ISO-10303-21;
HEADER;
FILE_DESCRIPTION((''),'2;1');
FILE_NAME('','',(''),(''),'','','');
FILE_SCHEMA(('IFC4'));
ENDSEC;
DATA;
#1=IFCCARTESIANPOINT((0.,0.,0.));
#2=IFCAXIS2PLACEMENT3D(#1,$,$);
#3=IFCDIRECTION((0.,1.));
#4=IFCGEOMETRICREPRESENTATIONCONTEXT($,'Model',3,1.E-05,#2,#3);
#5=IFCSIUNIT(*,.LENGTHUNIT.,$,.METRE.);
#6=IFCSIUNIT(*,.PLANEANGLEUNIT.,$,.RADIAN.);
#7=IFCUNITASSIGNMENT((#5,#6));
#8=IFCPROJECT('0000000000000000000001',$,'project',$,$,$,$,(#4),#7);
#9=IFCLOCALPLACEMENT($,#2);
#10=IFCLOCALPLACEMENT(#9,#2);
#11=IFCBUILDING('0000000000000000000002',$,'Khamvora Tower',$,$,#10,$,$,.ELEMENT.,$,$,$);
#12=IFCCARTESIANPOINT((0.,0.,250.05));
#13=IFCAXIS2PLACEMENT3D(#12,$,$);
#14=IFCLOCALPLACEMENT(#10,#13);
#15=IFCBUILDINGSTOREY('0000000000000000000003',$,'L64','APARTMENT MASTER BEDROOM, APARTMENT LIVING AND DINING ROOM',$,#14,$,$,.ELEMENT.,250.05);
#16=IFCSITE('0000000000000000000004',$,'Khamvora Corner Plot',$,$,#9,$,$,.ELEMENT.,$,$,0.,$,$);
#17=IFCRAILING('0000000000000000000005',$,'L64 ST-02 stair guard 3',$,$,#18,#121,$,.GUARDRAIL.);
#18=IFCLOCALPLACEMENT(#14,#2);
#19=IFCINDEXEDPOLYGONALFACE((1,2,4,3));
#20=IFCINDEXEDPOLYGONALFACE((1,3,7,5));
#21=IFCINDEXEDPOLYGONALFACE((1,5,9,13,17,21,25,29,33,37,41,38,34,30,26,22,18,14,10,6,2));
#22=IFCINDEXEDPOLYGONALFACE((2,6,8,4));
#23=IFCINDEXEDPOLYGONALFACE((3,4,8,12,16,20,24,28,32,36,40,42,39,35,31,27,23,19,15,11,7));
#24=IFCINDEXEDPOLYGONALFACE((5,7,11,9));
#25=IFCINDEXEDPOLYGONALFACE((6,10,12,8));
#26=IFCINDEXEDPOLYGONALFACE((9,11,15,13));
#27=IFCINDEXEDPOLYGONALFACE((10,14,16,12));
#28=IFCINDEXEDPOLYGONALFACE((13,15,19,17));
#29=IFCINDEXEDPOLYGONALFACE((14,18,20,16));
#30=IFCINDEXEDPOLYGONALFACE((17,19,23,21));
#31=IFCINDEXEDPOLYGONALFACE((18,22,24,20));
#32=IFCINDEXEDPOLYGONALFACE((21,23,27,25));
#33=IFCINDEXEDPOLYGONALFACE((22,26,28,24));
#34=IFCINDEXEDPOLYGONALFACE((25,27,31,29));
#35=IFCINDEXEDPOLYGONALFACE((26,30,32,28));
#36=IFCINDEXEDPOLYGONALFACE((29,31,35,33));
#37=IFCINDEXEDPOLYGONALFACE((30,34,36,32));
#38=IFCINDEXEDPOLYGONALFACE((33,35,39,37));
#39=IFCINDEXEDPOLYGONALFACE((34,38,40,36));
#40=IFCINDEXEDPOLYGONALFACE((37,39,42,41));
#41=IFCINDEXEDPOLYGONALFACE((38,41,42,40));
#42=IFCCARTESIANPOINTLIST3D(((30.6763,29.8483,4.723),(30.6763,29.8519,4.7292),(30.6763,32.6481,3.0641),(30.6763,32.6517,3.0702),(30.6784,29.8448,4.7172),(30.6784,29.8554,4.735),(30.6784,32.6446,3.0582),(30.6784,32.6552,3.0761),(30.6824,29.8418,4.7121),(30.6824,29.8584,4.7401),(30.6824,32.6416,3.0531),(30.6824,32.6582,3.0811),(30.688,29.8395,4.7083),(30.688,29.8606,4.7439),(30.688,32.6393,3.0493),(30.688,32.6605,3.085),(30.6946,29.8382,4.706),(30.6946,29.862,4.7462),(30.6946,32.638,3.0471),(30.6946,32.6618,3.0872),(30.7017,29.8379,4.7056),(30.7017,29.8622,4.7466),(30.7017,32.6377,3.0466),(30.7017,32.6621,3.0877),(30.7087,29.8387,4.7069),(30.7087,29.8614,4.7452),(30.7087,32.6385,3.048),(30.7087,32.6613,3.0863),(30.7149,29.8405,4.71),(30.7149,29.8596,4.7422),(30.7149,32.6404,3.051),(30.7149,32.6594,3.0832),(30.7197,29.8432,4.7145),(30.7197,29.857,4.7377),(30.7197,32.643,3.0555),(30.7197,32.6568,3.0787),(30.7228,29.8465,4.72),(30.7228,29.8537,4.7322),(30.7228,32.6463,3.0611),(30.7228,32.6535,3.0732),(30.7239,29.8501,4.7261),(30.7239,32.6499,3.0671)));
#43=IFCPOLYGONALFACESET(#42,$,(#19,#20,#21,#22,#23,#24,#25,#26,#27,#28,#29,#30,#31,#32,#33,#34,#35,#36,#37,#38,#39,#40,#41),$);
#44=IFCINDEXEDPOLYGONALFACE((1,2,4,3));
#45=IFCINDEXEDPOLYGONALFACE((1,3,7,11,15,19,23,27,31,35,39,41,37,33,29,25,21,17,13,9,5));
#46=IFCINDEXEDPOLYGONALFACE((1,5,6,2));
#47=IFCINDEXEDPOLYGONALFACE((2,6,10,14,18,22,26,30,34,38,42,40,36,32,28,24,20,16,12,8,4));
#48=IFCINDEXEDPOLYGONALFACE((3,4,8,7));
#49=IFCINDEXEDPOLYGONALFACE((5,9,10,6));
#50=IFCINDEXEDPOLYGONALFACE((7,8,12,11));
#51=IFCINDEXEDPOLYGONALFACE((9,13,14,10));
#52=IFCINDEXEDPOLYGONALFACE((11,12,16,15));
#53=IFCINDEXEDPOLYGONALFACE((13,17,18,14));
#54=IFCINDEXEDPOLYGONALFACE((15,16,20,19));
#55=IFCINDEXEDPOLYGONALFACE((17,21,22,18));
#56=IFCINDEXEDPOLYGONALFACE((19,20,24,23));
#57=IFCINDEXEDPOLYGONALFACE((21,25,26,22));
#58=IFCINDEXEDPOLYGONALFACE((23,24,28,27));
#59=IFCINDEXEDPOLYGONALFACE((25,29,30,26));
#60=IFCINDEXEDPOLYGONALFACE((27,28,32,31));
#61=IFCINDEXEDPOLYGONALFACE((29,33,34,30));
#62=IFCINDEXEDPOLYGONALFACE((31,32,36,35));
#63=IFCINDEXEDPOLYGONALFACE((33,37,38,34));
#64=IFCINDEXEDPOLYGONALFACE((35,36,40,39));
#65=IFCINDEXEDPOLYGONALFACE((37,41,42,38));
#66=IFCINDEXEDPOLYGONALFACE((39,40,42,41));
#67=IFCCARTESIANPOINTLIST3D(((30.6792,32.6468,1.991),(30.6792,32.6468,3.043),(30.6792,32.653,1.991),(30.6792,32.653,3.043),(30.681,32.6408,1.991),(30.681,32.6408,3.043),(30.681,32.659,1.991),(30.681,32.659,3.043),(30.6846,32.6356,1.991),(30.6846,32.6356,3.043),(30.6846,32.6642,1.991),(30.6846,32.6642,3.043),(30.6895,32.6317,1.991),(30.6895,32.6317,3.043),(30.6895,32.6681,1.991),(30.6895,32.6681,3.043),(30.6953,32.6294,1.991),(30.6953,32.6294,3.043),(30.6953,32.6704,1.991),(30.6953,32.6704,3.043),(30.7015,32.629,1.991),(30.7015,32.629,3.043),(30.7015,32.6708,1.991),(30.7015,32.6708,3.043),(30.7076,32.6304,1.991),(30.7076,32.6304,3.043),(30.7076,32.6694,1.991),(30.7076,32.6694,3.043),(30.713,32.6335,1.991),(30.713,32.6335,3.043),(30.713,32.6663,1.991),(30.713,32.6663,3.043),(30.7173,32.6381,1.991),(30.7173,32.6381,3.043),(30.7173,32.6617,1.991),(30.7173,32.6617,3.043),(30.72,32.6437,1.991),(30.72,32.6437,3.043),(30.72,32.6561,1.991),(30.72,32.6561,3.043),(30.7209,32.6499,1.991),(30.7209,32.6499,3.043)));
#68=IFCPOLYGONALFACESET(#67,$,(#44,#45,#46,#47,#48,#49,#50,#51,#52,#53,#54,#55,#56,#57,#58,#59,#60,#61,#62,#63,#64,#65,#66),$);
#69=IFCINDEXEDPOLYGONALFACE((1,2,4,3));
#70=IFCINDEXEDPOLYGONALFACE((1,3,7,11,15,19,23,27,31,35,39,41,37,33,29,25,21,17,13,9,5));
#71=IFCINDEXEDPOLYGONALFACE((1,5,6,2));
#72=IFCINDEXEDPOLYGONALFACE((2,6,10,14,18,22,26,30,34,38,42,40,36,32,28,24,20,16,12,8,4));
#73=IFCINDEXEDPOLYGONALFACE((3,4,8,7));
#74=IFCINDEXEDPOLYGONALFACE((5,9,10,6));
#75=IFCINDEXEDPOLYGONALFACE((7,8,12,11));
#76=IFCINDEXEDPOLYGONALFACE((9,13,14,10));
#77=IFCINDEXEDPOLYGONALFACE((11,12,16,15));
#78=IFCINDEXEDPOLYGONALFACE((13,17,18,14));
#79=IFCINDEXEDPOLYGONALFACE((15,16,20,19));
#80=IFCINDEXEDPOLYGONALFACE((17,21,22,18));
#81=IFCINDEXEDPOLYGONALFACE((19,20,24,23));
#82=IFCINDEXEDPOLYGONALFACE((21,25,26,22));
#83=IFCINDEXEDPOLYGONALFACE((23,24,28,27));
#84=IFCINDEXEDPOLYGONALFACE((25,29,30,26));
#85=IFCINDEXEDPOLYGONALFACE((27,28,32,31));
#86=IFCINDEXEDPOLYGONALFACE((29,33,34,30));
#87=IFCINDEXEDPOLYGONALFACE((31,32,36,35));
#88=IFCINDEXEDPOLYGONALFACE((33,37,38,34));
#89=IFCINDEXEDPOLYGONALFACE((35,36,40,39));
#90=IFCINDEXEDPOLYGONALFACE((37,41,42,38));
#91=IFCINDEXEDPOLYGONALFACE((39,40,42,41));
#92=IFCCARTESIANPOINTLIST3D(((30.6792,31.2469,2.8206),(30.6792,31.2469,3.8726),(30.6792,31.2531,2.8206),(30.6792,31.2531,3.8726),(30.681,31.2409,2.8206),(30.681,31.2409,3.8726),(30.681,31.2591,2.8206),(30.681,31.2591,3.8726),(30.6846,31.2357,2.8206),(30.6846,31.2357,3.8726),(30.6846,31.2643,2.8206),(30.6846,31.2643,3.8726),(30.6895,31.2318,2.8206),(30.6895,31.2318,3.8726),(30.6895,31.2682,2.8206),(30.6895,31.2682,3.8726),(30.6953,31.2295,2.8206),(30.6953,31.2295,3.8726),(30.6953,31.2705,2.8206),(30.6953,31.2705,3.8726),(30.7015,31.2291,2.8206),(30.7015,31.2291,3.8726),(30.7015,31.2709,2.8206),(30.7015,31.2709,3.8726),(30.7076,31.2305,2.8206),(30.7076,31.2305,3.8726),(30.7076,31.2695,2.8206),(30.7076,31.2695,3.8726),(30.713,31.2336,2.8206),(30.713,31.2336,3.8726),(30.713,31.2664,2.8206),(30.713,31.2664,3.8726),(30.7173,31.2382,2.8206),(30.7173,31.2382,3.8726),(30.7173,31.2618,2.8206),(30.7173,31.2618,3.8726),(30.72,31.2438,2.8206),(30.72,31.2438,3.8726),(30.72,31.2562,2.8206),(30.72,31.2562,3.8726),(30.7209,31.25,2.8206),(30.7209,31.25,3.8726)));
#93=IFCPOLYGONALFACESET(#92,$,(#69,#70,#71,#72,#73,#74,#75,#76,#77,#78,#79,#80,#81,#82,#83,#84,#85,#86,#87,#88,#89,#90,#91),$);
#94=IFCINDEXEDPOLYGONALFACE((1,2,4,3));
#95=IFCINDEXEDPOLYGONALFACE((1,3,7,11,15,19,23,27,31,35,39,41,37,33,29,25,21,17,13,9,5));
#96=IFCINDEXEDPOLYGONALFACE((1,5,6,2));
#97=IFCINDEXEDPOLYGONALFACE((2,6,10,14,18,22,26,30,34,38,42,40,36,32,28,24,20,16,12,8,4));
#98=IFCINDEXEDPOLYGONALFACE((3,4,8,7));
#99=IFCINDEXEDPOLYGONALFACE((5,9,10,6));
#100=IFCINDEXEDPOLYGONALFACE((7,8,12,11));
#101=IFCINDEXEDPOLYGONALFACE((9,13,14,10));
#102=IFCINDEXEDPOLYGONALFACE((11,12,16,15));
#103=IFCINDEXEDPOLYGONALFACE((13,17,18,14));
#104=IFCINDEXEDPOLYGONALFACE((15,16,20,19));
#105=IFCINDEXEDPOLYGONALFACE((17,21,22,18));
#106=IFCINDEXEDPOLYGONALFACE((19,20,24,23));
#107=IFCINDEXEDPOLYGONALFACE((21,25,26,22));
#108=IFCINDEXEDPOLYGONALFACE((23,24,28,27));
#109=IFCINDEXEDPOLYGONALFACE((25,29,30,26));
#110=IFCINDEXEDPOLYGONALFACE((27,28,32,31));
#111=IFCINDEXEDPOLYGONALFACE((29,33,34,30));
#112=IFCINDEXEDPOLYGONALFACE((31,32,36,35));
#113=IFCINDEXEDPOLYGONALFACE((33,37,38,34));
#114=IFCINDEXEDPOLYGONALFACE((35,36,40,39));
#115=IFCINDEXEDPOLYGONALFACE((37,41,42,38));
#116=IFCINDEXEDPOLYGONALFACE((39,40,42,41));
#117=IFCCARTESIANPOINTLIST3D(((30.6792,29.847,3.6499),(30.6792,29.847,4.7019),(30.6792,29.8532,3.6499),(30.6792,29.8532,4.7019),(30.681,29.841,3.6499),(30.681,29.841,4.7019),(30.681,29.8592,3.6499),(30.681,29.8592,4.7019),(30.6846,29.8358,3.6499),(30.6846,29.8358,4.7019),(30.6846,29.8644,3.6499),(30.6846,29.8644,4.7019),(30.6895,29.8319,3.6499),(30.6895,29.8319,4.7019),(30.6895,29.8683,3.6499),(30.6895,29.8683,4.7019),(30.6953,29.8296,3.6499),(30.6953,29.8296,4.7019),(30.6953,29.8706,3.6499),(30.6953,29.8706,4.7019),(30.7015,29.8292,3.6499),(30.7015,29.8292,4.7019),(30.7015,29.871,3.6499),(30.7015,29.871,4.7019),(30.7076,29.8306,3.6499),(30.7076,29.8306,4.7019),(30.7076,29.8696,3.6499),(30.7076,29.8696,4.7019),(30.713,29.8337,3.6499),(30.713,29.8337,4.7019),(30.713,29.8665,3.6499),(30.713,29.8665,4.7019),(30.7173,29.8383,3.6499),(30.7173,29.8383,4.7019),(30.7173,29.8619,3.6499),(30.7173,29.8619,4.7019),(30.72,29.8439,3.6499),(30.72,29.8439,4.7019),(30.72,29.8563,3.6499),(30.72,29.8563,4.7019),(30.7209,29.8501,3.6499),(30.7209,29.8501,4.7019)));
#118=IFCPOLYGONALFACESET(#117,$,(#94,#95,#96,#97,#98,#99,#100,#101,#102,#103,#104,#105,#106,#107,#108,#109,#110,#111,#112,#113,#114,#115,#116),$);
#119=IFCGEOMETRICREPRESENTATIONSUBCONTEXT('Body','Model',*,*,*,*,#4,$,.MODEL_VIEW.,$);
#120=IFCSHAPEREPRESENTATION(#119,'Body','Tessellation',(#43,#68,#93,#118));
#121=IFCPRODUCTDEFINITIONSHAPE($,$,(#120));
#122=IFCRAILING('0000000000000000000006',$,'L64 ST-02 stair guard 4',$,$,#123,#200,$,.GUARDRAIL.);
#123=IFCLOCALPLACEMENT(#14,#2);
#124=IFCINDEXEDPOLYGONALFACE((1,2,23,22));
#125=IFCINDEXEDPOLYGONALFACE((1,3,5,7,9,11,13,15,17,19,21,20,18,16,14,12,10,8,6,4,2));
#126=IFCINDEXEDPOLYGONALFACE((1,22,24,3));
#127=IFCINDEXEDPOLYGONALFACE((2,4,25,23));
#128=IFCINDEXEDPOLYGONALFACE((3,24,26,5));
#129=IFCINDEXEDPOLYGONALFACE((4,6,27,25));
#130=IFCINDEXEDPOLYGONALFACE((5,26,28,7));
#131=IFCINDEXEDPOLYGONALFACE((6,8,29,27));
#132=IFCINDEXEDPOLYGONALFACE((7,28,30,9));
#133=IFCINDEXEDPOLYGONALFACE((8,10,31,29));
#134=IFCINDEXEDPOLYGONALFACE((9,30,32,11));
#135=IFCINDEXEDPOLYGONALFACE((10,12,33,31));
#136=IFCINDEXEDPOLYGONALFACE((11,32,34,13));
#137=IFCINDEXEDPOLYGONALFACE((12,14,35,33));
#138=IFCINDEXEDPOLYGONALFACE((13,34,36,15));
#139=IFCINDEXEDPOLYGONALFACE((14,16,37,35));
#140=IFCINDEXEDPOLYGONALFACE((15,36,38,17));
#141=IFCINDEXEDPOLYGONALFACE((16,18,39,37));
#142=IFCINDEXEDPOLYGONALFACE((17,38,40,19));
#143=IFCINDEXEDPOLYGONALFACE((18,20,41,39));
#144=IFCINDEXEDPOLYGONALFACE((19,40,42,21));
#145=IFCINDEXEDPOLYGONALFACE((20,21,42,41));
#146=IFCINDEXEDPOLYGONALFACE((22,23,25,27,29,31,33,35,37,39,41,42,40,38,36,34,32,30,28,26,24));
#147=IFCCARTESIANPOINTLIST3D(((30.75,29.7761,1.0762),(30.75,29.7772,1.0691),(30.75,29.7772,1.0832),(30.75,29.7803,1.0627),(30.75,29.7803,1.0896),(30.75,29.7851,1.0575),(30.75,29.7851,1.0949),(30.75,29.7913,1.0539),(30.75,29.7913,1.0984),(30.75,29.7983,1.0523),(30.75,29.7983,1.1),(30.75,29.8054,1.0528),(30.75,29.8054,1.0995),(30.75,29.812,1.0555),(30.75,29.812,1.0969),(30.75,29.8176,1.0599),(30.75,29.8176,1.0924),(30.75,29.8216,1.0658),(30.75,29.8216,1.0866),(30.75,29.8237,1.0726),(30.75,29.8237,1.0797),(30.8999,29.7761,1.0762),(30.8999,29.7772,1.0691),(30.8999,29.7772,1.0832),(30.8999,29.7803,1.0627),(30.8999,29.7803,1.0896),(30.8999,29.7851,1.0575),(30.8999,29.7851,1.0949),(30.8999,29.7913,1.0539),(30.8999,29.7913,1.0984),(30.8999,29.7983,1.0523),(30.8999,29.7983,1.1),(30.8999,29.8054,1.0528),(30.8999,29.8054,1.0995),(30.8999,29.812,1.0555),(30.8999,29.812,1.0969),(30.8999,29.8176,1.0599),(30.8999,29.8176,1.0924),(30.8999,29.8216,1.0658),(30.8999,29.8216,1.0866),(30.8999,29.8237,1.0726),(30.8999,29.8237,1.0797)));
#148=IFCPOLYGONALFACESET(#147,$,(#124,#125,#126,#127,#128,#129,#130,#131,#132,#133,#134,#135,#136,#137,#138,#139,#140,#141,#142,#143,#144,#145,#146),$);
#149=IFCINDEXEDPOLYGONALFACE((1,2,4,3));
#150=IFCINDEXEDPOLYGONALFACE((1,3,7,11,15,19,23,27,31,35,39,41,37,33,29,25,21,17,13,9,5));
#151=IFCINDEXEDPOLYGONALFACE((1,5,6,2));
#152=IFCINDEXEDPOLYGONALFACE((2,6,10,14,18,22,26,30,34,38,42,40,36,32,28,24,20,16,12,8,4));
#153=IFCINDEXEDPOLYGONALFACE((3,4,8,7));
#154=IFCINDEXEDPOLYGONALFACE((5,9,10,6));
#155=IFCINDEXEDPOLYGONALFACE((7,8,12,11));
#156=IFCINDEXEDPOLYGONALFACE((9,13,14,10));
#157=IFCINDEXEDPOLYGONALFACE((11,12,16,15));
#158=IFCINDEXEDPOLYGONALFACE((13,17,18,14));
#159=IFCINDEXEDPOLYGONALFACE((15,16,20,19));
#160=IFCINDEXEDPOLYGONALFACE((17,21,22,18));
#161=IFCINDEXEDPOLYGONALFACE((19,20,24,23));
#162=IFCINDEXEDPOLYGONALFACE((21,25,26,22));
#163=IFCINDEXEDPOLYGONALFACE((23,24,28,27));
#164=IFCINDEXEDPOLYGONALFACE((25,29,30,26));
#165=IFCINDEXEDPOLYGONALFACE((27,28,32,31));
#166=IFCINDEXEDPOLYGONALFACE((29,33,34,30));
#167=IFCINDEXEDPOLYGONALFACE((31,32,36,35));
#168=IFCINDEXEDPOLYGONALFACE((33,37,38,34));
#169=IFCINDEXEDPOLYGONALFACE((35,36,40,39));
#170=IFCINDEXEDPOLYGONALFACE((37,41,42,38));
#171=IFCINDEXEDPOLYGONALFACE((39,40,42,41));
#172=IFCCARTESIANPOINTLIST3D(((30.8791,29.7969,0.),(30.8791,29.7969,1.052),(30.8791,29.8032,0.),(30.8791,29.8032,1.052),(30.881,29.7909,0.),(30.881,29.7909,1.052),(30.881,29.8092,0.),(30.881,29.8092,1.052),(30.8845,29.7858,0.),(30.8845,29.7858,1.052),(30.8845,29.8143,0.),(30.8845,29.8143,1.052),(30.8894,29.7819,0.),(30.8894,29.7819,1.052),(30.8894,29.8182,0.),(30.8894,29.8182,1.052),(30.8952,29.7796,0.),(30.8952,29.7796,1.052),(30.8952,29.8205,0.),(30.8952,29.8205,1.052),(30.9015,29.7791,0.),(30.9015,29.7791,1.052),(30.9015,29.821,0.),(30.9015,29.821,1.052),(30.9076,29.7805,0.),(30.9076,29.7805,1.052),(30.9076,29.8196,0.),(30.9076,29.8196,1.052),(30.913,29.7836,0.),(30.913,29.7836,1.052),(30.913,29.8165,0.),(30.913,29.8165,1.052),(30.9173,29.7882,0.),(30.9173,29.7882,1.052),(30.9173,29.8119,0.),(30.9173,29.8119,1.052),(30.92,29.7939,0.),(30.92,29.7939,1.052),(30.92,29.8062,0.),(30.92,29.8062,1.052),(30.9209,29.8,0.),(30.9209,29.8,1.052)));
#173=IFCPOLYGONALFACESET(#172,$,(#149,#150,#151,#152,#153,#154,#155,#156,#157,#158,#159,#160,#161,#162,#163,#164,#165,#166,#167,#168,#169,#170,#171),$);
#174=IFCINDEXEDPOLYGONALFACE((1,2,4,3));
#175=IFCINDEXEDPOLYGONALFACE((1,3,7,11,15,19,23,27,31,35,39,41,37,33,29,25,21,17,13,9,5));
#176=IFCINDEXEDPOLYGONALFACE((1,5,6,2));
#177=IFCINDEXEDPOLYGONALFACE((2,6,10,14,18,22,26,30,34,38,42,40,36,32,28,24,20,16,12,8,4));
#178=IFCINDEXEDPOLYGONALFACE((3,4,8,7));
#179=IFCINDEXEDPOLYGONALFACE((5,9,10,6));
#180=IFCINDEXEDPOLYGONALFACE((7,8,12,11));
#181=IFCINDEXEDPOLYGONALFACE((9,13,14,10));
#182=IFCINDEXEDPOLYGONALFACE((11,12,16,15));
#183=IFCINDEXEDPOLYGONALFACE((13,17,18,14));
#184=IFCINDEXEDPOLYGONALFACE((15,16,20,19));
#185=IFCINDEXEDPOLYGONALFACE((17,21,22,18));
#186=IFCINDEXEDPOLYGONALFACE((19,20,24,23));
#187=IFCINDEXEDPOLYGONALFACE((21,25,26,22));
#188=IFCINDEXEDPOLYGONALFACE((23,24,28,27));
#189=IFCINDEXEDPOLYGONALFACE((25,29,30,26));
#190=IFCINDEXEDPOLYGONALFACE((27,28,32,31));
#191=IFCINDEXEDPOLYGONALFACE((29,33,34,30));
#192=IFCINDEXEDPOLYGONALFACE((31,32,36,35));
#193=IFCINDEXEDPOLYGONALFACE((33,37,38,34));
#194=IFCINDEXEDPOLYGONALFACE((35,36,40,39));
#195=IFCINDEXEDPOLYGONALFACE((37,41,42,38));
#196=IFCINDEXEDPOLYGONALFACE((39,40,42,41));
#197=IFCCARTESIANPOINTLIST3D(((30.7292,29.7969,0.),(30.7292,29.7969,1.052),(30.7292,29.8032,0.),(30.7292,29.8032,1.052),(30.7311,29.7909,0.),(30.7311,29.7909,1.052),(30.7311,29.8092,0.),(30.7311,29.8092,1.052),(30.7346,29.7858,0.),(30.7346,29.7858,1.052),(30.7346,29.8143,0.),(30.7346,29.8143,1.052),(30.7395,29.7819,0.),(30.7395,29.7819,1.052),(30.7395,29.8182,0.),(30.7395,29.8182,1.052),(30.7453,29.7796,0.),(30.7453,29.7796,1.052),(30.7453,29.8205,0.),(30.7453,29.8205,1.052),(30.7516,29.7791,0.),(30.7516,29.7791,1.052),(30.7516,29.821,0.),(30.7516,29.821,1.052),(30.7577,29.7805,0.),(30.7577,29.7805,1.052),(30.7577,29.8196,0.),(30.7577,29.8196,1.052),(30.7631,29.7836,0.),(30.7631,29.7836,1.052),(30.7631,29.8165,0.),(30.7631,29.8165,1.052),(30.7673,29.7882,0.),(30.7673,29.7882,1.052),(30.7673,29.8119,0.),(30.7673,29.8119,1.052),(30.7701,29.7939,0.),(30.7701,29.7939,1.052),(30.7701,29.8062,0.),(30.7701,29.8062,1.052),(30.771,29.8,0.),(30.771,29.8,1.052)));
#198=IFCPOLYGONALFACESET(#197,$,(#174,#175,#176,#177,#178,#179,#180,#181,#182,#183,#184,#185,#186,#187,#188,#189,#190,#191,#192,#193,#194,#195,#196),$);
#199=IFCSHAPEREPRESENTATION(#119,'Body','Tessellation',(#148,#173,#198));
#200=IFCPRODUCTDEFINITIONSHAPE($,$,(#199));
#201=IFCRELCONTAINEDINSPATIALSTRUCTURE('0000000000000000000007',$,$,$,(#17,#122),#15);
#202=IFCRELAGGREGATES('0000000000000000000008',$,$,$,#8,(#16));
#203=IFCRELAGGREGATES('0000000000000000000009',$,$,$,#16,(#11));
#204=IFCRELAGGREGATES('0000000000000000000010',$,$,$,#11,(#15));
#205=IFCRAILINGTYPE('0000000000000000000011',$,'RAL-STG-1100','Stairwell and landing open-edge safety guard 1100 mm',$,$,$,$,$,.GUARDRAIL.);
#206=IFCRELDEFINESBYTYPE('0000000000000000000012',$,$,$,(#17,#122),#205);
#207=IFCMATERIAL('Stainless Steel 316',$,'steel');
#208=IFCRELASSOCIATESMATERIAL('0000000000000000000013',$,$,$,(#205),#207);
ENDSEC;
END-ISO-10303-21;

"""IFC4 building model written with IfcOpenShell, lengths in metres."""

from ifc_helpers import new_model, si_unit, direction, frame, origin, origin_2d, place, context, subcontext, project, spatial, circle, extrude, material, type_object, element, save


model = new_model("IFC4")

# Units and contexts
model_context = context("Model", 3, precision=1e-05, world=origin(), true_north=direction((0.0, 1.0)))
body_context = subcontext(model_context, "Body", "Model", "MODEL_VIEW")
ifc_project = project(units=[si_unit("LENGTHUNIT", "METRE"), si_unit("PLANEANGLEUNIT", "RADIAN")], contexts=[model_context])

# Site, building, storey
site_placement = place(None, origin())
site = spatial("IfcSite", under=ifc_project, at=site_placement, Name="Khamvora Corner Plot", CompositionType="ELEMENT", RefElevation=0.0)
building_placement = place(site_placement, origin())
building = spatial("IfcBuilding", under=site, at=building_placement, Name="Khamvora Tower", CompositionType="ELEMENT")
storey_placement = place(building_placement, frame((0.0, 0.0, 250.05)))
storey = spatial("IfcBuildingStorey", under=building, at=storey_placement, Name="L64", Description="APARTMENT MASTER BEDROOM, APARTMENT LIVING AND DINING ROOM", CompositionType="ELEMENT", Elevation=250.05)

# Railings
ifc_material_1 = material(Name="Stainless Steel 316", Category="steel")
railing_type_1 = type_object("IfcRailingType", Name="RAL-STG-1100", Description="Stairwell and landing open-edge safety guard 1100 mm", PredefinedType="GUARDRAIL", material=ifc_material_1)
railing_1_placement = place(storey_placement, frame((30.7, 32.6499, 1.991)))
element("IfcRailing", 1, at=railing_1_placement, inside=storey, type_object=railing_type_1, Name="L64 ST-02 stair guard 3", PredefinedType="GUARDRAIL", context=body_context, shape_type="SweptSolid", body=[
    extrude(circle(Radius=0.0239, at=origin_2d()), frame((0.0, 0.0, 1.0762), z_axis=(0.0, -0.86032, 0.509755), x_axis=(1.0, 0.0, 0.0)), (0.0, 0.0, 1.0), 3.2544),
    extrude(circle(Radius=0.021, at=origin_2d()), origin(), (0.0, 0.0, 1.0), 1.052),
    extrude(circle(Radius=0.021, at=origin_2d()), frame((0.0, -1.3999, 0.8296)), (0.0, 0.0, 1.0), 1.052),
    extrude(circle(Radius=0.021, at=origin_2d()), frame((0.0, -2.7998, 1.6589)), (0.0, 0.0, 1.0), 1.052),
])
railing_2_placement = place(storey_placement, frame((30.8999, 29.8, 0.0)))
element("IfcRailing", 2, at=railing_2_placement, inside=storey, type_object=railing_type_1, Name="L64 ST-02 stair guard 4", PredefinedType="GUARDRAIL", context=body_context, shape_type="SweptSolid", body=[
    extrude(circle(Radius=0.0239, at=origin_2d()), frame((0.0, 0.0, 1.0762), z_axis=(-1.0, 0.0, 0.0), x_axis=(0.0, -1.0, 0.0)), (0.0, 0.0, 1.0), 0.1499),
    extrude(circle(Radius=0.021, at=origin_2d()), origin(), (0.0, 0.0, 1.0), 1.052),
    extrude(circle(Radius=0.021, at=origin_2d()), frame((-0.1499, 0.0, 0.0)), (0.0, 0.0, 1.0), 1.052),
])

save(model, "model.ifc")
